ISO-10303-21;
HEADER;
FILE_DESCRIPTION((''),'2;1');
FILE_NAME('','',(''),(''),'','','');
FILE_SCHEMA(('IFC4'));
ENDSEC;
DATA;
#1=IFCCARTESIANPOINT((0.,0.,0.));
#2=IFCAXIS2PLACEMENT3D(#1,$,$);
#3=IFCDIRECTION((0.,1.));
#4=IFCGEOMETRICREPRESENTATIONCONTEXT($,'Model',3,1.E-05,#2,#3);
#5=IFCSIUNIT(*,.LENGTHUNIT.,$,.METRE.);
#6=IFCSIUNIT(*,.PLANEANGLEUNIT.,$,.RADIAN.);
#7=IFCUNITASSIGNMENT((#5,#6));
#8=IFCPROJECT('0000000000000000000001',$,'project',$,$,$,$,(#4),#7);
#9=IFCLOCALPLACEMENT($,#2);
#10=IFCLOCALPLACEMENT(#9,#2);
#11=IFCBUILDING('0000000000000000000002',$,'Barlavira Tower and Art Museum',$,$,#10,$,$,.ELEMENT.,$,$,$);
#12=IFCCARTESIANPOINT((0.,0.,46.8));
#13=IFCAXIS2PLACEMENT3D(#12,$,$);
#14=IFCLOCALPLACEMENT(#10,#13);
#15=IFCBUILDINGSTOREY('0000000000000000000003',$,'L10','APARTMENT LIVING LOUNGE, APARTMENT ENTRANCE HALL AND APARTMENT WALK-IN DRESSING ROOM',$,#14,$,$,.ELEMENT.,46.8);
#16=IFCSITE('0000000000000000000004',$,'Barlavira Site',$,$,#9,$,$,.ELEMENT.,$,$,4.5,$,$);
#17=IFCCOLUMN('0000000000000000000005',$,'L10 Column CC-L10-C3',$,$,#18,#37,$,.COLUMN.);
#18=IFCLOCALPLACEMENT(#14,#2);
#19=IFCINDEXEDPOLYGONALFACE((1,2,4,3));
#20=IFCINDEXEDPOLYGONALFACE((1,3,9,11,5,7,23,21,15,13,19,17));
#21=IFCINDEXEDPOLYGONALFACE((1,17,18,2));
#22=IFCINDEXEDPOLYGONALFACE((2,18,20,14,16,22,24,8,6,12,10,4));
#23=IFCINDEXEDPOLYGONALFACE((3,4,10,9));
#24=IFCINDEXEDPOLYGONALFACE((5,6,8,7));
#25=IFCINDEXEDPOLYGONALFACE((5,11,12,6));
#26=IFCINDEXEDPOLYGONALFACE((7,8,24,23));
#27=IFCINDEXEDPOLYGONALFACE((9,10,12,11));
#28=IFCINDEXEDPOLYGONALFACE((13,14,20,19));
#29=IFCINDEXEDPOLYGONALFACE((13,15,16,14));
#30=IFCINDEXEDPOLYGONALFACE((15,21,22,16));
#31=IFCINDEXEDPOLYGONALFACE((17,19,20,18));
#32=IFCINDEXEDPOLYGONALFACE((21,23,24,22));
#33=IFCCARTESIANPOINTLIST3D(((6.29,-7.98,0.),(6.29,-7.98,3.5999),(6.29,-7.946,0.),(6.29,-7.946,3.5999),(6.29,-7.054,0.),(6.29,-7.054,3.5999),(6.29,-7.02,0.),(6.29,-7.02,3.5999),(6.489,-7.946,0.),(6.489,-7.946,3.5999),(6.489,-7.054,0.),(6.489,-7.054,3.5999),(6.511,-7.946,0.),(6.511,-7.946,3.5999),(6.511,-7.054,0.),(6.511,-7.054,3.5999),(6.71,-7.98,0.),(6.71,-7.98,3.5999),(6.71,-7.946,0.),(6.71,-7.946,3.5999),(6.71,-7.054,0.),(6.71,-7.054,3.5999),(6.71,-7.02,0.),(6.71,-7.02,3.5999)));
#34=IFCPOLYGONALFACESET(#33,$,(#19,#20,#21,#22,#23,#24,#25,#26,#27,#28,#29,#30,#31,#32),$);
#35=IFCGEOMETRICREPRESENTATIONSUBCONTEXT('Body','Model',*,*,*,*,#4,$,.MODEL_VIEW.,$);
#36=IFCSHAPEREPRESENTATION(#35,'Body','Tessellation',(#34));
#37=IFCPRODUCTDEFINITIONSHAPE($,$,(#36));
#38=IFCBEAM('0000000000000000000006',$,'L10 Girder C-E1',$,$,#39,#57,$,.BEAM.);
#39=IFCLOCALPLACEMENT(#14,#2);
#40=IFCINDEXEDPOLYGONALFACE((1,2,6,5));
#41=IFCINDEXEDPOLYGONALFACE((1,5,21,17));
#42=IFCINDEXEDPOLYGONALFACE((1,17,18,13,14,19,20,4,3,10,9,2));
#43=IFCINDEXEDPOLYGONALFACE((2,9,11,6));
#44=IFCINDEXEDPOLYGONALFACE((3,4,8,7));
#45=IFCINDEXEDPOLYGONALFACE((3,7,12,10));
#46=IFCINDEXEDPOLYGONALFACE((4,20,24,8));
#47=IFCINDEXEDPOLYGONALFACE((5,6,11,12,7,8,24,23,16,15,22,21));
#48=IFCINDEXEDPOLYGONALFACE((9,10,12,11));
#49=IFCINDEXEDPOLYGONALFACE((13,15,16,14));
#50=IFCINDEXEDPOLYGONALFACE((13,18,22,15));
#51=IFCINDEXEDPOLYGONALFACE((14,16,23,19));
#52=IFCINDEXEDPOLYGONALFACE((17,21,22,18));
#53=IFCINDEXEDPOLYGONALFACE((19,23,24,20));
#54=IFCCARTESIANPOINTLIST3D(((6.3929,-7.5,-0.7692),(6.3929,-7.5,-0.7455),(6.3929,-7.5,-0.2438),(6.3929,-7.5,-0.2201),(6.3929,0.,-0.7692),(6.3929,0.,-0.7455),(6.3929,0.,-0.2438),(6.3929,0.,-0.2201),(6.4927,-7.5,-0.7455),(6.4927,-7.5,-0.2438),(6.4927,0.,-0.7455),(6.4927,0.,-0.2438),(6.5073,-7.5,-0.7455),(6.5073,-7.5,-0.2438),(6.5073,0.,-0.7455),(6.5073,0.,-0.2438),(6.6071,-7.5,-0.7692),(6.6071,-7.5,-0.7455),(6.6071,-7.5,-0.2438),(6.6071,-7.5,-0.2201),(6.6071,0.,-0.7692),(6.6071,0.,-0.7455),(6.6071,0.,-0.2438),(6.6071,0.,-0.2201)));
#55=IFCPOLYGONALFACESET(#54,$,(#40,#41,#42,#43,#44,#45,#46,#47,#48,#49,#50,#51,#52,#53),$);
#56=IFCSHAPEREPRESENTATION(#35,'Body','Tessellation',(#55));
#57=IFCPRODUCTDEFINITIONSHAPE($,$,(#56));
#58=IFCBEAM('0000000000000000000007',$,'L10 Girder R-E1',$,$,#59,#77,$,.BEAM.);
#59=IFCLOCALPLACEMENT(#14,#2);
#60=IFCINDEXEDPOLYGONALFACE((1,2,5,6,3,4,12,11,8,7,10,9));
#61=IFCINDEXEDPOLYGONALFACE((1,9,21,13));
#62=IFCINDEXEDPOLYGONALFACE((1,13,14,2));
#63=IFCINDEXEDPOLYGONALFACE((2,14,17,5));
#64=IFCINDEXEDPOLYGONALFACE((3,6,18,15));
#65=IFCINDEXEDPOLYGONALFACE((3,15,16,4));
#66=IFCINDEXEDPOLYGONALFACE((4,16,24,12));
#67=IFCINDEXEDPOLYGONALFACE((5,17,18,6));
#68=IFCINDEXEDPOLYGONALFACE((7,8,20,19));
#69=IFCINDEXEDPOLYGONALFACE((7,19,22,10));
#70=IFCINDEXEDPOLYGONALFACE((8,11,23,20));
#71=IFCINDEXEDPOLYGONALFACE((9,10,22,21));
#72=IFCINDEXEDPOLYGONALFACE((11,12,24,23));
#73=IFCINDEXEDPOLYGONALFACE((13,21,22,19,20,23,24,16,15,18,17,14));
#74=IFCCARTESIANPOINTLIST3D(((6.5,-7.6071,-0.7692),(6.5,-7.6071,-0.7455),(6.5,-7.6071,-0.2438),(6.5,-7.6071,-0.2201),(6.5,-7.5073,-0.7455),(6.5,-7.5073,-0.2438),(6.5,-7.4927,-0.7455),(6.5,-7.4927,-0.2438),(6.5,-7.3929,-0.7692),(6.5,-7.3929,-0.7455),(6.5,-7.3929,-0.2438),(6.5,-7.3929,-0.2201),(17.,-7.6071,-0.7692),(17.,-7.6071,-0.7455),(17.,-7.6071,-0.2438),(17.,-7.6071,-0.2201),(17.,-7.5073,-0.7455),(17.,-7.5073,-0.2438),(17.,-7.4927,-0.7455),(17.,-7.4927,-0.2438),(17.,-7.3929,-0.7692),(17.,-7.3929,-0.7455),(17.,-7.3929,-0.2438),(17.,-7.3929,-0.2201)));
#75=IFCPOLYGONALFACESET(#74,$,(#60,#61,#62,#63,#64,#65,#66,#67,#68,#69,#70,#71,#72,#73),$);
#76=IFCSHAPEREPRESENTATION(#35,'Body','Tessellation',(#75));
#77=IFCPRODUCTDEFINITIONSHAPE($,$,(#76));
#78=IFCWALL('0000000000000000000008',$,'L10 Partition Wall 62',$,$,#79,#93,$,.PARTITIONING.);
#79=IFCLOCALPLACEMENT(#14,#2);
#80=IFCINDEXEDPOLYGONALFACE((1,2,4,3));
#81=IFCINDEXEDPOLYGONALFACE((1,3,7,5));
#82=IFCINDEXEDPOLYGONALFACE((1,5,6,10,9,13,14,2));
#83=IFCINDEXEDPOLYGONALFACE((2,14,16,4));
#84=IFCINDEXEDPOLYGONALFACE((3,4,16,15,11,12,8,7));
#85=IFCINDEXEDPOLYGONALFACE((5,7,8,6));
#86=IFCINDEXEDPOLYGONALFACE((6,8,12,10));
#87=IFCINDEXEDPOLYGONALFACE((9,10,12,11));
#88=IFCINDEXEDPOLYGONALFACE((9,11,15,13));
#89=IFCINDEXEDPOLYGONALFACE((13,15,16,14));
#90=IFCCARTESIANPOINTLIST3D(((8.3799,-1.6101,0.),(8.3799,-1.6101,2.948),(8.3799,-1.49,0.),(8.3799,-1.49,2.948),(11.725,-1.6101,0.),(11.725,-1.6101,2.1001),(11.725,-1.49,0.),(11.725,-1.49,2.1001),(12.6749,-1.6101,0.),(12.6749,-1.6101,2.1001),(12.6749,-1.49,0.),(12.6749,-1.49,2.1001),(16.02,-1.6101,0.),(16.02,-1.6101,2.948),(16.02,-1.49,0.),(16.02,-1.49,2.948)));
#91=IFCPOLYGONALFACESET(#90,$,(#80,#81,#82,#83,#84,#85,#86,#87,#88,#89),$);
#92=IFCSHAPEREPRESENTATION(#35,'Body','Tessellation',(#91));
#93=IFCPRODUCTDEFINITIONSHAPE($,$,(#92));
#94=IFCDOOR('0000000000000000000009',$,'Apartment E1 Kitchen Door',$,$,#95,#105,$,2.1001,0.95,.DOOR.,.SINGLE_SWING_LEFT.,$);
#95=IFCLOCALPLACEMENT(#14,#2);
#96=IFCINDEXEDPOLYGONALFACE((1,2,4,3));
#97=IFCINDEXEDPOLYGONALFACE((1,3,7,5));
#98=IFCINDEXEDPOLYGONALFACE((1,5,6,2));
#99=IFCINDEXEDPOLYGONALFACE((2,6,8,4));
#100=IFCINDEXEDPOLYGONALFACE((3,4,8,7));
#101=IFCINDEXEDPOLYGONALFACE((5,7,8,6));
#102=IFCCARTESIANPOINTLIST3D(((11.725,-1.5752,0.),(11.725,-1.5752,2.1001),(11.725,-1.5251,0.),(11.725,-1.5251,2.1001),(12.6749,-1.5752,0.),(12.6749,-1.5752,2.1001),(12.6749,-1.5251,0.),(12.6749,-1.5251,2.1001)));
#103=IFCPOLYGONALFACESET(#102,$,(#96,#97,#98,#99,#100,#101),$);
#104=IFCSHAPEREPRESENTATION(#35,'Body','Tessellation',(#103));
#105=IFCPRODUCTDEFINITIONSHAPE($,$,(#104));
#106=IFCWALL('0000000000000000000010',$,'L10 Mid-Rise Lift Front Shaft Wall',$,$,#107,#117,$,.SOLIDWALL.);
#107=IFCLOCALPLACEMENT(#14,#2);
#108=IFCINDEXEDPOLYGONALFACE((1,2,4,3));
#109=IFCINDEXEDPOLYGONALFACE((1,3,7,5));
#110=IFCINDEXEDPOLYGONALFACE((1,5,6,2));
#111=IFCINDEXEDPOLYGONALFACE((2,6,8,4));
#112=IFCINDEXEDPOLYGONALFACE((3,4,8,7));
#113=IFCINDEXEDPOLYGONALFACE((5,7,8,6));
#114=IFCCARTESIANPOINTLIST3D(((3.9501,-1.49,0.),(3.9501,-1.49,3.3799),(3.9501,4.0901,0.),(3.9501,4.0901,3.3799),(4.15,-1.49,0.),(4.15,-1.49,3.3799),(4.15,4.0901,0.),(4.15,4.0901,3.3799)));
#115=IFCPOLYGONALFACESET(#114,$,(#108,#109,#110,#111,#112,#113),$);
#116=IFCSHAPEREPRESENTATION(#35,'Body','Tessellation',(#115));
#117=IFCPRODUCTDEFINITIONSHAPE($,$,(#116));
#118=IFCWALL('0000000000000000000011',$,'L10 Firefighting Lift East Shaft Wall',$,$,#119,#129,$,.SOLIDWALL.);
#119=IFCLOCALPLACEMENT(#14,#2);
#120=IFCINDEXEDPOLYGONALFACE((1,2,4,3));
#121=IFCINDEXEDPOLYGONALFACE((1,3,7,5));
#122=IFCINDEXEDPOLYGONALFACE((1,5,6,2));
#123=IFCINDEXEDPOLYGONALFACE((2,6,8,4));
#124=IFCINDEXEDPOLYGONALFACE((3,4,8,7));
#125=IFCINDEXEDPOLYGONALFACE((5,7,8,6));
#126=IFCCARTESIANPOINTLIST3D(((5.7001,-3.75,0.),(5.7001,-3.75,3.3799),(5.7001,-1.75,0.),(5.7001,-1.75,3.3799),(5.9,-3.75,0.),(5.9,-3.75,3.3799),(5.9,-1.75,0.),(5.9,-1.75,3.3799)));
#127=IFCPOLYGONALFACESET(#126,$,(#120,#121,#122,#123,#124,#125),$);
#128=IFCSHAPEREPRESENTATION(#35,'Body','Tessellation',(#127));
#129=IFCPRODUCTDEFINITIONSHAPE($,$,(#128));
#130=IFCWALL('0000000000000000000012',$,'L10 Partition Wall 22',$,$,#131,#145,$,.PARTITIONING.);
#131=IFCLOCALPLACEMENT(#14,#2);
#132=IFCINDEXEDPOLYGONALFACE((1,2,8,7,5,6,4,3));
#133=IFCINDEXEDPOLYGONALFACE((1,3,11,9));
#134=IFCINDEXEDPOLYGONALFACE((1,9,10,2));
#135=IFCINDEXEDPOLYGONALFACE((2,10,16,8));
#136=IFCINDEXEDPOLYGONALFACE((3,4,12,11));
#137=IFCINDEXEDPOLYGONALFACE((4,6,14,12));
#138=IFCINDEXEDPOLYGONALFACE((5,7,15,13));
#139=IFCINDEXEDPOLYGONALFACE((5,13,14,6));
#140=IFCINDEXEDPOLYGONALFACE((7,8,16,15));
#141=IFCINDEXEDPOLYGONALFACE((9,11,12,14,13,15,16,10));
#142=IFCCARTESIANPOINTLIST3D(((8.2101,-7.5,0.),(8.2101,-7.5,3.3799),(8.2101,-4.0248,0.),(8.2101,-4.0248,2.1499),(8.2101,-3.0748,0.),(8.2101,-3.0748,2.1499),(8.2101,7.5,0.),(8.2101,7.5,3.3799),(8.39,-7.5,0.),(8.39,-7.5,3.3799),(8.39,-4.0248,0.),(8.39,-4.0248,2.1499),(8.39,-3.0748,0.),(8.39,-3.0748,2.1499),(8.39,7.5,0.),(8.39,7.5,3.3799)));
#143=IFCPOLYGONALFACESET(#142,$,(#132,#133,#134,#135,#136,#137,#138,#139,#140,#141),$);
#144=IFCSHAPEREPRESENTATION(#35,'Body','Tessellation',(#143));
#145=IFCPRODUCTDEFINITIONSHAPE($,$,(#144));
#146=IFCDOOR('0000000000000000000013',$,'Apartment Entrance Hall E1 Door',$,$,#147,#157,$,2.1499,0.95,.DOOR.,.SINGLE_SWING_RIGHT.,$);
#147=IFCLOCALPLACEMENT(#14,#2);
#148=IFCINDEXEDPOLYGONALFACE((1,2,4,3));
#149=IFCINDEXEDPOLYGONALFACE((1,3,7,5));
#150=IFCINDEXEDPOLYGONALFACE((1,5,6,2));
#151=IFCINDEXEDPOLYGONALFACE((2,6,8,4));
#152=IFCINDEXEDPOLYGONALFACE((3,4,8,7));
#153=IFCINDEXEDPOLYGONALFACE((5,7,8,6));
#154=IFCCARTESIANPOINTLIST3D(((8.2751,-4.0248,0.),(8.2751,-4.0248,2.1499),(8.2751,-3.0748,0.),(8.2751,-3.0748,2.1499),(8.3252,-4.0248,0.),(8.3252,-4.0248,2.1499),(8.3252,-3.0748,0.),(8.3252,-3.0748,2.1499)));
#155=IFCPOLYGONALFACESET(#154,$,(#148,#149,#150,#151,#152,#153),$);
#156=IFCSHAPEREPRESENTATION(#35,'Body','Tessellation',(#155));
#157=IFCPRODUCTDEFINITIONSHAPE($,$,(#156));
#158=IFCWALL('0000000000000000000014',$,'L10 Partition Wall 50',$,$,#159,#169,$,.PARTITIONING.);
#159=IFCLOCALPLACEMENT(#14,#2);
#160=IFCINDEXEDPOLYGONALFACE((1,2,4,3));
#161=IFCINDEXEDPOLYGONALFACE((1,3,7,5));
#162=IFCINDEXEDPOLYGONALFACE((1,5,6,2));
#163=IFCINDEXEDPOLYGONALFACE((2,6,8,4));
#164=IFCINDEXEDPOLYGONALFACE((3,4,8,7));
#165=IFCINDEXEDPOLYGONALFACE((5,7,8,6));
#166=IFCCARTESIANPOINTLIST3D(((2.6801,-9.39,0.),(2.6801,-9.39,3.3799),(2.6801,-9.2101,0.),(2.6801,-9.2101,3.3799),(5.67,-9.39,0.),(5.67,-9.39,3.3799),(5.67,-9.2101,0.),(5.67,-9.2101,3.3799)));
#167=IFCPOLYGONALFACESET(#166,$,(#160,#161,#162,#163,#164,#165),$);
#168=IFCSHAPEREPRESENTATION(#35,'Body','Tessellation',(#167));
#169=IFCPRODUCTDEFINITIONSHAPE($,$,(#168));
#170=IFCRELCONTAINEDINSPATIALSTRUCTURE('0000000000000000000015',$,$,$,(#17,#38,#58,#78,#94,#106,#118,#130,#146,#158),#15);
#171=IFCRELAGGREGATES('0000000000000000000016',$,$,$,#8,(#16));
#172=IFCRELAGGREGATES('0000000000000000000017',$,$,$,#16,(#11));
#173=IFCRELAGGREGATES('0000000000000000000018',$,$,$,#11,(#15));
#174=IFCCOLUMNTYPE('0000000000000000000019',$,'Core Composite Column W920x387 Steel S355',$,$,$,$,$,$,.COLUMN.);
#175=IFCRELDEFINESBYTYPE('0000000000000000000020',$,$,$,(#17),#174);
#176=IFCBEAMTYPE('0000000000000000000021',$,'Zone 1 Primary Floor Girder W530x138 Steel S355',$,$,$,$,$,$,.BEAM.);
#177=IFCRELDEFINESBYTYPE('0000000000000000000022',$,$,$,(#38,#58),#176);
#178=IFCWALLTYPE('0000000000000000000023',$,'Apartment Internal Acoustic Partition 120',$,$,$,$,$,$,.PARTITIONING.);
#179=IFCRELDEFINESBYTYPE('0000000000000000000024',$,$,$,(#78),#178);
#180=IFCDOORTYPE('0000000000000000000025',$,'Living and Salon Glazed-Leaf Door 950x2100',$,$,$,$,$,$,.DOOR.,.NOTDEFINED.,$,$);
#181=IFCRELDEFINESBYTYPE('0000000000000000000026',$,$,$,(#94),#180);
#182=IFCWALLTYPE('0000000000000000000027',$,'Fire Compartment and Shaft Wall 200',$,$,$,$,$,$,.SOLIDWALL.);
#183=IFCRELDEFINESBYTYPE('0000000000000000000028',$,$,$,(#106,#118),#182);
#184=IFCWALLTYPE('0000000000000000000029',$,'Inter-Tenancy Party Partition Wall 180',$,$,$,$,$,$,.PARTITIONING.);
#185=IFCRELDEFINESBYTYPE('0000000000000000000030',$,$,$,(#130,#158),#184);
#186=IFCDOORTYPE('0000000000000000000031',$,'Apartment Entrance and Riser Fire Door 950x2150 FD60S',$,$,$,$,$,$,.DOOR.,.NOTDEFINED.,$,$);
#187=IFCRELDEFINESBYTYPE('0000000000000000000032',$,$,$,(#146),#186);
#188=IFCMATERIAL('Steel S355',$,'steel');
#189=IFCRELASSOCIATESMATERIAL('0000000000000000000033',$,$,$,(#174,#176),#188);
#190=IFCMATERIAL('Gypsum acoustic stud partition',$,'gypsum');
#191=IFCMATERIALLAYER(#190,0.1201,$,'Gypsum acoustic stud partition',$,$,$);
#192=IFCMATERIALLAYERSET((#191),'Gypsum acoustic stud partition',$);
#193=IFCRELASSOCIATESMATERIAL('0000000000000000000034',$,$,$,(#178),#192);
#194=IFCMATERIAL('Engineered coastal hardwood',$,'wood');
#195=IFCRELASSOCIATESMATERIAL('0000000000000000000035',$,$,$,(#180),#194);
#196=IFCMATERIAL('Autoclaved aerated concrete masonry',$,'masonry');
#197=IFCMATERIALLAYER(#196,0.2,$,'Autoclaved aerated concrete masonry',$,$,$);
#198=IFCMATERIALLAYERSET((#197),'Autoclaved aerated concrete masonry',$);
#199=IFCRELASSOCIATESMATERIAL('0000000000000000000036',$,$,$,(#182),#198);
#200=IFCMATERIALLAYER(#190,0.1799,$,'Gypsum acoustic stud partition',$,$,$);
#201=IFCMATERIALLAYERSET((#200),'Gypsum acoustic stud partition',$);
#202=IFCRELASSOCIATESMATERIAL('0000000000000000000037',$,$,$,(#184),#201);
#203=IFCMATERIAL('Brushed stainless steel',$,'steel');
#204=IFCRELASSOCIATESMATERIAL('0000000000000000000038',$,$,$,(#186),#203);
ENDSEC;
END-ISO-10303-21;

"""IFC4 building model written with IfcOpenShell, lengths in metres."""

from ifc_helpers import new_model, si_unit, direction, frame, frame_2d, origin, origin_2d, place, context, subcontext, project, spatial, rectangle, i_section, extrude, material, layer, layer_set, material_profile, profile_set, type_object, element, fill, save


model = new_model("IFC4")

# Units and contexts
model_context = context("Model", 3, precision=1e-05, world=origin(), true_north=direction((0.0, 1.0)))
body_context = subcontext(model_context, "Body", "Model", "MODEL_VIEW")
ifc_project = project(units=[si_unit("LENGTHUNIT", "METRE"), si_unit("PLANEANGLEUNIT", "RADIAN")], contexts=[model_context])

# Site, building, storey
site_placement = place(None, origin())
site = spatial("IfcSite", under=ifc_project, at=site_placement, Name="Barlavira Site", CompositionType="ELEMENT", RefElevation=4.5)
building_placement = place(site_placement, origin())
building = spatial("IfcBuilding", under=site, at=building_placement, Name="Barlavira Tower and Art Museum", CompositionType="ELEMENT")
storey_placement = place(building_placement, frame((0.0, 0.0, 46.8)))
storey = spatial("IfcBuildingStorey", under=building, at=storey_placement, Name="L10", Description="APARTMENT LIVING LOUNGE, APARTMENT ENTRANCE HALL AND APARTMENT WALK-IN DRESSING ROOM", CompositionType="ELEMENT", Elevation=46.8)

# Column
ifc_material_1 = material(Name="Steel S355", Category="steel")
ifc_material_profile_1 = material_profile(ifc_material_1, i_section(OverallWidth=0.4199, OverallDepth=0.96, WebThickness=0.022, FlangeThickness=0.0339, at=origin_2d()), Name="W920x387.0")
ifc_profile_set_1 = profile_set([ifc_material_profile_1], Name="Steel S355")
column_type = type_object("IfcColumnType", Name="Core Composite Column W920x387 Steel S355", PredefinedType="COLUMN", material=ifc_profile_set_1)
column_placement = place(storey_placement, frame((6.5, -7.5, 0.0), z_axis=(0.0, 0.0, 1.0), x_axis=(1.0, 0.0, 0.0)))
element("IfcColumn", 1, at=column_placement, inside=storey, type_object=column_type, Name="L10 Column CC-L10-C3", PredefinedType="COLUMN", context=body_context, shape_type="SweptSolid", body=[
    extrude(i_section(OverallWidth=0.4199, OverallDepth=0.96, WebThickness=0.022, FlangeThickness=0.0339, at=origin_2d()), origin(), (0.0, 0.0, 1.0), 3.5999),
])

# Beams
ifc_material_profile_2 = material_profile(ifc_material_1, i_section(OverallWidth=0.2141, OverallDepth=0.5491, WebThickness=0.0146, FlangeThickness=0.0237, at=origin_2d()), Name="W530x138.0")
ifc_profile_set_2 = profile_set([ifc_material_profile_2], Name="Steel S355")
beam_type = type_object("IfcBeamType", Name="Zone 1 Primary Floor Girder W530x138 Steel S355", PredefinedType="BEAM", material=ifc_profile_set_2)
beam_1_placement = place(storey_placement, frame((6.5, -7.5, -0.4946), z_axis=(0.0, 1.0, 0.0), x_axis=(-1.0, 0.0, 0.0)))
element("IfcBeam", 2, at=beam_1_placement, inside=storey, type_object=beam_type, Name="L10 Girder C-E1", PredefinedType="BEAM", context=body_context, shape_type="SweptSolid", body=[
    extrude(i_section(OverallWidth=0.2141, OverallDepth=0.5491, WebThickness=0.0146, FlangeThickness=0.0237, at=origin_2d()), origin(), (0.0, 0.0, 1.0), 7.5),
])
beam_2_placement = place(storey_placement, frame((6.5, -7.5, -0.4946), z_axis=(1.0, 0.0, 0.0), x_axis=(0.0, 1.0, 0.0)))
element("IfcBeam", 3, at=beam_2_placement, inside=storey, type_object=beam_type, Name="L10 Girder R-E1", PredefinedType="BEAM", context=body_context, shape_type="SweptSolid", body=[
    extrude(i_section(OverallWidth=0.2141, OverallDepth=0.5491, WebThickness=0.0146, FlangeThickness=0.0237, at=origin_2d()), origin(), (0.0, 0.0, 1.0), 10.5),
])

# Wall, opening, door
ifc_material_2 = material(Name="Gypsum acoustic stud partition", Category="gypsum")
ifc_layer_1 = layer(ifc_material_2, 0.1201, Name="Gypsum acoustic stud partition")
ifc_layer_set_1 = layer_set([ifc_layer_1], Name="Gypsum acoustic stud partition")
wall_type_1 = type_object("IfcWallType", Name="Apartment Internal Acoustic Partition 120", PredefinedType="PARTITIONING", material=ifc_layer_set_1)
wall_1_placement = place(storey_placement, frame((8.3799, -1.55, 0.0), z_axis=(0.0, 0.0, 1.0), x_axis=(1.0, 0.0, 0.0)))
wall_1 = element("IfcWall", 4, at=wall_1_placement, inside=storey, type_object=wall_type_1, Name="L10 Partition Wall 62", PredefinedType="PARTITIONING", context=body_context, shape_type="SweptSolid", body=[
    extrude(rectangle(XDim=7.6401, YDim=0.1201, at=frame_2d((3.8201, 0.0))), origin(), (0.0, 0.0, 1.0), 2.948),
])
opening_1_placement = place(wall_1_placement, frame((3.345, 0.0, 0.0)))
opening_1 = element("IfcOpeningElement", 5, at=opening_1_placement, cuts=wall_1, PredefinedType="OPENING", context=body_context, shape_type="SweptSolid", body=[
    extrude(rectangle(XDim=0.95, YDim=2.1001, at=frame_2d((0.4751, 1.05))), frame((0.0, 0.0701, 0.0), z_axis=(0.0, -1.0, 0.0), x_axis=(1.0, 0.0, 0.0)), (0.0, 0.0, 1.0), 0.1401),
])
ifc_material_3 = material(Name="Engineered coastal hardwood", Category="wood")
door_type_1 = type_object("IfcDoorType", Name="Living and Salon Glazed-Leaf Door 950x2100", OperationType="NOTDEFINED", PredefinedType="DOOR", material=ifc_material_3)
door_1_placement = place(opening_1_placement, origin())
door_1 = element("IfcDoor", 6, at=door_1_placement, inside=storey, type_object=door_type_1, Name="Apartment E1 Kitchen Door", OperationType="SINGLE_SWING_LEFT", OverallHeight=2.1001, OverallWidth=0.95, PredefinedType="DOOR", context=body_context, shape_type="SweptSolid", body=[
    extrude(rectangle(XDim=0.95, YDim=2.1001, at=frame_2d((0.4751, 1.05))), frame((0.0, 0.0249, 0.0), z_axis=(0.0, -1.0, 0.0), x_axis=(1.0, 0.0, 0.0)), (0.0, 0.0, 1.0), 0.05),
])
fill(opening_1, door_1)
ifc_material_4 = material(Name="Brushed stainless steel", Category="steel")

# Walls
ifc_material_5 = material(Name="Autoclaved aerated concrete masonry", Category="masonry")
ifc_layer_2 = layer(ifc_material_5, 0.2, Name="Autoclaved aerated concrete masonry")
ifc_layer_set_2 = layer_set([ifc_layer_2], Name="Autoclaved aerated concrete masonry")
wall_type_2 = type_object("IfcWallType", Name="Fire Compartment and Shaft Wall 200", PredefinedType="SOLIDWALL", material=ifc_layer_set_2)
wall_2_placement = place(storey_placement, frame((4.05, -1.49, 0.0), z_axis=(0.0, 0.0, 1.0), x_axis=(0.0, 1.0, 0.0)))
element("IfcWall", 7, at=wall_2_placement, inside=storey, type_object=wall_type_2, Name="L10 Mid-Rise Lift Front Shaft Wall", PredefinedType="SOLIDWALL", context=body_context, shape_type="SweptSolid", body=[
    extrude(rectangle(XDim=5.5801, YDim=0.2, at=frame_2d((2.79, 0.0))), origin(), (0.0, 0.0, 1.0), 3.3799),
])
wall_3_placement = place(storey_placement, frame((5.8, -3.75, 0.0), z_axis=(0.0, 0.0, 1.0), x_axis=(0.0, 1.0, 0.0)))
element("IfcWall", 8, at=wall_3_placement, inside=storey, type_object=wall_type_2, Name="L10 Firefighting Lift East Shaft Wall", PredefinedType="SOLIDWALL", context=body_context, shape_type="SweptSolid", body=[
    extrude(rectangle(XDim=2.0, YDim=0.2, at=frame_2d((1.0, 0.0))), origin(), (0.0, 0.0, 1.0), 3.3799),
])

# Wall, opening, door
ifc_layer_3 = layer(ifc_material_2, 0.1799, Name="Gypsum acoustic stud partition")
ifc_layer_set_3 = layer_set([ifc_layer_3], Name="Gypsum acoustic stud partition")
wall_type_3 = type_object("IfcWallType", Name="Inter-Tenancy Party Partition Wall 180", PredefinedType="PARTITIONING", material=ifc_layer_set_3)
wall_4_placement = place(storey_placement, frame((8.3, -7.5, 0.0), z_axis=(0.0, 0.0, 1.0), x_axis=(0.0, 1.0, 0.0)))
wall_4 = element("IfcWall", 9, at=wall_4_placement, inside=storey, type_object=wall_type_3, Name="L10 Partition Wall 22", PredefinedType="PARTITIONING", context=body_context, shape_type="SweptSolid", body=[
    extrude(rectangle(XDim=15.0, YDim=0.1799, at=frame_2d((7.5, 0.0))), origin(), (0.0, 0.0, 1.0), 3.3799),
])
opening_2_placement = place(wall_4_placement, frame((3.4751, 0.0, 0.0)))
opening_2 = element("IfcOpeningElement", 10, at=opening_2_placement, cuts=wall_4, PredefinedType="OPENING", context=body_context, shape_type="SweptSolid", body=[
    extrude(rectangle(XDim=0.95, YDim=2.1499, at=frame_2d((0.4751, 1.075))), frame((0.0, 0.1001, 0.0), z_axis=(0.0, -1.0, 0.0), x_axis=(1.0, 0.0, 0.0)), (0.0, 0.0, 1.0), 0.2),
])
door_type_2 = type_object("IfcDoorType", Name="Apartment Entrance and Riser Fire Door 950x2150 FD60S", OperationType="NOTDEFINED", PredefinedType="DOOR", material=ifc_material_4)
door_2_placement = place(opening_2_placement, origin())
door_2 = element("IfcDoor", 11, at=door_2_placement, inside=storey, type_object=door_type_2, Name="Apartment Entrance Hall E1 Door", OperationType="SINGLE_SWING_RIGHT", OverallHeight=2.1499, OverallWidth=0.95, PredefinedType="DOOR", context=body_context, shape_type="SweptSolid", body=[
    extrude(rectangle(XDim=0.95, YDim=2.1499, at=frame_2d((0.4751, 1.075))), frame((0.0, 0.0249, 0.0), z_axis=(0.0, -1.0, 0.0), x_axis=(1.0, 0.0, 0.0)), (0.0, 0.0, 1.0), 0.05),
])
fill(opening_2, door_2)

# Wall
wall_5_placement = place(storey_placement, frame((2.6799, -9.3, 0.0), z_axis=(0.0, 0.0, 1.0), x_axis=(1.0, 0.0, 0.0)))
element("IfcWall", 12, at=wall_5_placement, inside=storey, type_object=wall_type_3, Name="L10 Partition Wall 50", PredefinedType="PARTITIONING", context=body_context, shape_type="SweptSolid", body=[
    extrude(rectangle(XDim=2.99, YDim=0.1799, at=frame_2d((1.4951, 0.0))), origin(), (0.0, 0.0, 1.0), 3.3799),
])

save(model, "model.ifc")
